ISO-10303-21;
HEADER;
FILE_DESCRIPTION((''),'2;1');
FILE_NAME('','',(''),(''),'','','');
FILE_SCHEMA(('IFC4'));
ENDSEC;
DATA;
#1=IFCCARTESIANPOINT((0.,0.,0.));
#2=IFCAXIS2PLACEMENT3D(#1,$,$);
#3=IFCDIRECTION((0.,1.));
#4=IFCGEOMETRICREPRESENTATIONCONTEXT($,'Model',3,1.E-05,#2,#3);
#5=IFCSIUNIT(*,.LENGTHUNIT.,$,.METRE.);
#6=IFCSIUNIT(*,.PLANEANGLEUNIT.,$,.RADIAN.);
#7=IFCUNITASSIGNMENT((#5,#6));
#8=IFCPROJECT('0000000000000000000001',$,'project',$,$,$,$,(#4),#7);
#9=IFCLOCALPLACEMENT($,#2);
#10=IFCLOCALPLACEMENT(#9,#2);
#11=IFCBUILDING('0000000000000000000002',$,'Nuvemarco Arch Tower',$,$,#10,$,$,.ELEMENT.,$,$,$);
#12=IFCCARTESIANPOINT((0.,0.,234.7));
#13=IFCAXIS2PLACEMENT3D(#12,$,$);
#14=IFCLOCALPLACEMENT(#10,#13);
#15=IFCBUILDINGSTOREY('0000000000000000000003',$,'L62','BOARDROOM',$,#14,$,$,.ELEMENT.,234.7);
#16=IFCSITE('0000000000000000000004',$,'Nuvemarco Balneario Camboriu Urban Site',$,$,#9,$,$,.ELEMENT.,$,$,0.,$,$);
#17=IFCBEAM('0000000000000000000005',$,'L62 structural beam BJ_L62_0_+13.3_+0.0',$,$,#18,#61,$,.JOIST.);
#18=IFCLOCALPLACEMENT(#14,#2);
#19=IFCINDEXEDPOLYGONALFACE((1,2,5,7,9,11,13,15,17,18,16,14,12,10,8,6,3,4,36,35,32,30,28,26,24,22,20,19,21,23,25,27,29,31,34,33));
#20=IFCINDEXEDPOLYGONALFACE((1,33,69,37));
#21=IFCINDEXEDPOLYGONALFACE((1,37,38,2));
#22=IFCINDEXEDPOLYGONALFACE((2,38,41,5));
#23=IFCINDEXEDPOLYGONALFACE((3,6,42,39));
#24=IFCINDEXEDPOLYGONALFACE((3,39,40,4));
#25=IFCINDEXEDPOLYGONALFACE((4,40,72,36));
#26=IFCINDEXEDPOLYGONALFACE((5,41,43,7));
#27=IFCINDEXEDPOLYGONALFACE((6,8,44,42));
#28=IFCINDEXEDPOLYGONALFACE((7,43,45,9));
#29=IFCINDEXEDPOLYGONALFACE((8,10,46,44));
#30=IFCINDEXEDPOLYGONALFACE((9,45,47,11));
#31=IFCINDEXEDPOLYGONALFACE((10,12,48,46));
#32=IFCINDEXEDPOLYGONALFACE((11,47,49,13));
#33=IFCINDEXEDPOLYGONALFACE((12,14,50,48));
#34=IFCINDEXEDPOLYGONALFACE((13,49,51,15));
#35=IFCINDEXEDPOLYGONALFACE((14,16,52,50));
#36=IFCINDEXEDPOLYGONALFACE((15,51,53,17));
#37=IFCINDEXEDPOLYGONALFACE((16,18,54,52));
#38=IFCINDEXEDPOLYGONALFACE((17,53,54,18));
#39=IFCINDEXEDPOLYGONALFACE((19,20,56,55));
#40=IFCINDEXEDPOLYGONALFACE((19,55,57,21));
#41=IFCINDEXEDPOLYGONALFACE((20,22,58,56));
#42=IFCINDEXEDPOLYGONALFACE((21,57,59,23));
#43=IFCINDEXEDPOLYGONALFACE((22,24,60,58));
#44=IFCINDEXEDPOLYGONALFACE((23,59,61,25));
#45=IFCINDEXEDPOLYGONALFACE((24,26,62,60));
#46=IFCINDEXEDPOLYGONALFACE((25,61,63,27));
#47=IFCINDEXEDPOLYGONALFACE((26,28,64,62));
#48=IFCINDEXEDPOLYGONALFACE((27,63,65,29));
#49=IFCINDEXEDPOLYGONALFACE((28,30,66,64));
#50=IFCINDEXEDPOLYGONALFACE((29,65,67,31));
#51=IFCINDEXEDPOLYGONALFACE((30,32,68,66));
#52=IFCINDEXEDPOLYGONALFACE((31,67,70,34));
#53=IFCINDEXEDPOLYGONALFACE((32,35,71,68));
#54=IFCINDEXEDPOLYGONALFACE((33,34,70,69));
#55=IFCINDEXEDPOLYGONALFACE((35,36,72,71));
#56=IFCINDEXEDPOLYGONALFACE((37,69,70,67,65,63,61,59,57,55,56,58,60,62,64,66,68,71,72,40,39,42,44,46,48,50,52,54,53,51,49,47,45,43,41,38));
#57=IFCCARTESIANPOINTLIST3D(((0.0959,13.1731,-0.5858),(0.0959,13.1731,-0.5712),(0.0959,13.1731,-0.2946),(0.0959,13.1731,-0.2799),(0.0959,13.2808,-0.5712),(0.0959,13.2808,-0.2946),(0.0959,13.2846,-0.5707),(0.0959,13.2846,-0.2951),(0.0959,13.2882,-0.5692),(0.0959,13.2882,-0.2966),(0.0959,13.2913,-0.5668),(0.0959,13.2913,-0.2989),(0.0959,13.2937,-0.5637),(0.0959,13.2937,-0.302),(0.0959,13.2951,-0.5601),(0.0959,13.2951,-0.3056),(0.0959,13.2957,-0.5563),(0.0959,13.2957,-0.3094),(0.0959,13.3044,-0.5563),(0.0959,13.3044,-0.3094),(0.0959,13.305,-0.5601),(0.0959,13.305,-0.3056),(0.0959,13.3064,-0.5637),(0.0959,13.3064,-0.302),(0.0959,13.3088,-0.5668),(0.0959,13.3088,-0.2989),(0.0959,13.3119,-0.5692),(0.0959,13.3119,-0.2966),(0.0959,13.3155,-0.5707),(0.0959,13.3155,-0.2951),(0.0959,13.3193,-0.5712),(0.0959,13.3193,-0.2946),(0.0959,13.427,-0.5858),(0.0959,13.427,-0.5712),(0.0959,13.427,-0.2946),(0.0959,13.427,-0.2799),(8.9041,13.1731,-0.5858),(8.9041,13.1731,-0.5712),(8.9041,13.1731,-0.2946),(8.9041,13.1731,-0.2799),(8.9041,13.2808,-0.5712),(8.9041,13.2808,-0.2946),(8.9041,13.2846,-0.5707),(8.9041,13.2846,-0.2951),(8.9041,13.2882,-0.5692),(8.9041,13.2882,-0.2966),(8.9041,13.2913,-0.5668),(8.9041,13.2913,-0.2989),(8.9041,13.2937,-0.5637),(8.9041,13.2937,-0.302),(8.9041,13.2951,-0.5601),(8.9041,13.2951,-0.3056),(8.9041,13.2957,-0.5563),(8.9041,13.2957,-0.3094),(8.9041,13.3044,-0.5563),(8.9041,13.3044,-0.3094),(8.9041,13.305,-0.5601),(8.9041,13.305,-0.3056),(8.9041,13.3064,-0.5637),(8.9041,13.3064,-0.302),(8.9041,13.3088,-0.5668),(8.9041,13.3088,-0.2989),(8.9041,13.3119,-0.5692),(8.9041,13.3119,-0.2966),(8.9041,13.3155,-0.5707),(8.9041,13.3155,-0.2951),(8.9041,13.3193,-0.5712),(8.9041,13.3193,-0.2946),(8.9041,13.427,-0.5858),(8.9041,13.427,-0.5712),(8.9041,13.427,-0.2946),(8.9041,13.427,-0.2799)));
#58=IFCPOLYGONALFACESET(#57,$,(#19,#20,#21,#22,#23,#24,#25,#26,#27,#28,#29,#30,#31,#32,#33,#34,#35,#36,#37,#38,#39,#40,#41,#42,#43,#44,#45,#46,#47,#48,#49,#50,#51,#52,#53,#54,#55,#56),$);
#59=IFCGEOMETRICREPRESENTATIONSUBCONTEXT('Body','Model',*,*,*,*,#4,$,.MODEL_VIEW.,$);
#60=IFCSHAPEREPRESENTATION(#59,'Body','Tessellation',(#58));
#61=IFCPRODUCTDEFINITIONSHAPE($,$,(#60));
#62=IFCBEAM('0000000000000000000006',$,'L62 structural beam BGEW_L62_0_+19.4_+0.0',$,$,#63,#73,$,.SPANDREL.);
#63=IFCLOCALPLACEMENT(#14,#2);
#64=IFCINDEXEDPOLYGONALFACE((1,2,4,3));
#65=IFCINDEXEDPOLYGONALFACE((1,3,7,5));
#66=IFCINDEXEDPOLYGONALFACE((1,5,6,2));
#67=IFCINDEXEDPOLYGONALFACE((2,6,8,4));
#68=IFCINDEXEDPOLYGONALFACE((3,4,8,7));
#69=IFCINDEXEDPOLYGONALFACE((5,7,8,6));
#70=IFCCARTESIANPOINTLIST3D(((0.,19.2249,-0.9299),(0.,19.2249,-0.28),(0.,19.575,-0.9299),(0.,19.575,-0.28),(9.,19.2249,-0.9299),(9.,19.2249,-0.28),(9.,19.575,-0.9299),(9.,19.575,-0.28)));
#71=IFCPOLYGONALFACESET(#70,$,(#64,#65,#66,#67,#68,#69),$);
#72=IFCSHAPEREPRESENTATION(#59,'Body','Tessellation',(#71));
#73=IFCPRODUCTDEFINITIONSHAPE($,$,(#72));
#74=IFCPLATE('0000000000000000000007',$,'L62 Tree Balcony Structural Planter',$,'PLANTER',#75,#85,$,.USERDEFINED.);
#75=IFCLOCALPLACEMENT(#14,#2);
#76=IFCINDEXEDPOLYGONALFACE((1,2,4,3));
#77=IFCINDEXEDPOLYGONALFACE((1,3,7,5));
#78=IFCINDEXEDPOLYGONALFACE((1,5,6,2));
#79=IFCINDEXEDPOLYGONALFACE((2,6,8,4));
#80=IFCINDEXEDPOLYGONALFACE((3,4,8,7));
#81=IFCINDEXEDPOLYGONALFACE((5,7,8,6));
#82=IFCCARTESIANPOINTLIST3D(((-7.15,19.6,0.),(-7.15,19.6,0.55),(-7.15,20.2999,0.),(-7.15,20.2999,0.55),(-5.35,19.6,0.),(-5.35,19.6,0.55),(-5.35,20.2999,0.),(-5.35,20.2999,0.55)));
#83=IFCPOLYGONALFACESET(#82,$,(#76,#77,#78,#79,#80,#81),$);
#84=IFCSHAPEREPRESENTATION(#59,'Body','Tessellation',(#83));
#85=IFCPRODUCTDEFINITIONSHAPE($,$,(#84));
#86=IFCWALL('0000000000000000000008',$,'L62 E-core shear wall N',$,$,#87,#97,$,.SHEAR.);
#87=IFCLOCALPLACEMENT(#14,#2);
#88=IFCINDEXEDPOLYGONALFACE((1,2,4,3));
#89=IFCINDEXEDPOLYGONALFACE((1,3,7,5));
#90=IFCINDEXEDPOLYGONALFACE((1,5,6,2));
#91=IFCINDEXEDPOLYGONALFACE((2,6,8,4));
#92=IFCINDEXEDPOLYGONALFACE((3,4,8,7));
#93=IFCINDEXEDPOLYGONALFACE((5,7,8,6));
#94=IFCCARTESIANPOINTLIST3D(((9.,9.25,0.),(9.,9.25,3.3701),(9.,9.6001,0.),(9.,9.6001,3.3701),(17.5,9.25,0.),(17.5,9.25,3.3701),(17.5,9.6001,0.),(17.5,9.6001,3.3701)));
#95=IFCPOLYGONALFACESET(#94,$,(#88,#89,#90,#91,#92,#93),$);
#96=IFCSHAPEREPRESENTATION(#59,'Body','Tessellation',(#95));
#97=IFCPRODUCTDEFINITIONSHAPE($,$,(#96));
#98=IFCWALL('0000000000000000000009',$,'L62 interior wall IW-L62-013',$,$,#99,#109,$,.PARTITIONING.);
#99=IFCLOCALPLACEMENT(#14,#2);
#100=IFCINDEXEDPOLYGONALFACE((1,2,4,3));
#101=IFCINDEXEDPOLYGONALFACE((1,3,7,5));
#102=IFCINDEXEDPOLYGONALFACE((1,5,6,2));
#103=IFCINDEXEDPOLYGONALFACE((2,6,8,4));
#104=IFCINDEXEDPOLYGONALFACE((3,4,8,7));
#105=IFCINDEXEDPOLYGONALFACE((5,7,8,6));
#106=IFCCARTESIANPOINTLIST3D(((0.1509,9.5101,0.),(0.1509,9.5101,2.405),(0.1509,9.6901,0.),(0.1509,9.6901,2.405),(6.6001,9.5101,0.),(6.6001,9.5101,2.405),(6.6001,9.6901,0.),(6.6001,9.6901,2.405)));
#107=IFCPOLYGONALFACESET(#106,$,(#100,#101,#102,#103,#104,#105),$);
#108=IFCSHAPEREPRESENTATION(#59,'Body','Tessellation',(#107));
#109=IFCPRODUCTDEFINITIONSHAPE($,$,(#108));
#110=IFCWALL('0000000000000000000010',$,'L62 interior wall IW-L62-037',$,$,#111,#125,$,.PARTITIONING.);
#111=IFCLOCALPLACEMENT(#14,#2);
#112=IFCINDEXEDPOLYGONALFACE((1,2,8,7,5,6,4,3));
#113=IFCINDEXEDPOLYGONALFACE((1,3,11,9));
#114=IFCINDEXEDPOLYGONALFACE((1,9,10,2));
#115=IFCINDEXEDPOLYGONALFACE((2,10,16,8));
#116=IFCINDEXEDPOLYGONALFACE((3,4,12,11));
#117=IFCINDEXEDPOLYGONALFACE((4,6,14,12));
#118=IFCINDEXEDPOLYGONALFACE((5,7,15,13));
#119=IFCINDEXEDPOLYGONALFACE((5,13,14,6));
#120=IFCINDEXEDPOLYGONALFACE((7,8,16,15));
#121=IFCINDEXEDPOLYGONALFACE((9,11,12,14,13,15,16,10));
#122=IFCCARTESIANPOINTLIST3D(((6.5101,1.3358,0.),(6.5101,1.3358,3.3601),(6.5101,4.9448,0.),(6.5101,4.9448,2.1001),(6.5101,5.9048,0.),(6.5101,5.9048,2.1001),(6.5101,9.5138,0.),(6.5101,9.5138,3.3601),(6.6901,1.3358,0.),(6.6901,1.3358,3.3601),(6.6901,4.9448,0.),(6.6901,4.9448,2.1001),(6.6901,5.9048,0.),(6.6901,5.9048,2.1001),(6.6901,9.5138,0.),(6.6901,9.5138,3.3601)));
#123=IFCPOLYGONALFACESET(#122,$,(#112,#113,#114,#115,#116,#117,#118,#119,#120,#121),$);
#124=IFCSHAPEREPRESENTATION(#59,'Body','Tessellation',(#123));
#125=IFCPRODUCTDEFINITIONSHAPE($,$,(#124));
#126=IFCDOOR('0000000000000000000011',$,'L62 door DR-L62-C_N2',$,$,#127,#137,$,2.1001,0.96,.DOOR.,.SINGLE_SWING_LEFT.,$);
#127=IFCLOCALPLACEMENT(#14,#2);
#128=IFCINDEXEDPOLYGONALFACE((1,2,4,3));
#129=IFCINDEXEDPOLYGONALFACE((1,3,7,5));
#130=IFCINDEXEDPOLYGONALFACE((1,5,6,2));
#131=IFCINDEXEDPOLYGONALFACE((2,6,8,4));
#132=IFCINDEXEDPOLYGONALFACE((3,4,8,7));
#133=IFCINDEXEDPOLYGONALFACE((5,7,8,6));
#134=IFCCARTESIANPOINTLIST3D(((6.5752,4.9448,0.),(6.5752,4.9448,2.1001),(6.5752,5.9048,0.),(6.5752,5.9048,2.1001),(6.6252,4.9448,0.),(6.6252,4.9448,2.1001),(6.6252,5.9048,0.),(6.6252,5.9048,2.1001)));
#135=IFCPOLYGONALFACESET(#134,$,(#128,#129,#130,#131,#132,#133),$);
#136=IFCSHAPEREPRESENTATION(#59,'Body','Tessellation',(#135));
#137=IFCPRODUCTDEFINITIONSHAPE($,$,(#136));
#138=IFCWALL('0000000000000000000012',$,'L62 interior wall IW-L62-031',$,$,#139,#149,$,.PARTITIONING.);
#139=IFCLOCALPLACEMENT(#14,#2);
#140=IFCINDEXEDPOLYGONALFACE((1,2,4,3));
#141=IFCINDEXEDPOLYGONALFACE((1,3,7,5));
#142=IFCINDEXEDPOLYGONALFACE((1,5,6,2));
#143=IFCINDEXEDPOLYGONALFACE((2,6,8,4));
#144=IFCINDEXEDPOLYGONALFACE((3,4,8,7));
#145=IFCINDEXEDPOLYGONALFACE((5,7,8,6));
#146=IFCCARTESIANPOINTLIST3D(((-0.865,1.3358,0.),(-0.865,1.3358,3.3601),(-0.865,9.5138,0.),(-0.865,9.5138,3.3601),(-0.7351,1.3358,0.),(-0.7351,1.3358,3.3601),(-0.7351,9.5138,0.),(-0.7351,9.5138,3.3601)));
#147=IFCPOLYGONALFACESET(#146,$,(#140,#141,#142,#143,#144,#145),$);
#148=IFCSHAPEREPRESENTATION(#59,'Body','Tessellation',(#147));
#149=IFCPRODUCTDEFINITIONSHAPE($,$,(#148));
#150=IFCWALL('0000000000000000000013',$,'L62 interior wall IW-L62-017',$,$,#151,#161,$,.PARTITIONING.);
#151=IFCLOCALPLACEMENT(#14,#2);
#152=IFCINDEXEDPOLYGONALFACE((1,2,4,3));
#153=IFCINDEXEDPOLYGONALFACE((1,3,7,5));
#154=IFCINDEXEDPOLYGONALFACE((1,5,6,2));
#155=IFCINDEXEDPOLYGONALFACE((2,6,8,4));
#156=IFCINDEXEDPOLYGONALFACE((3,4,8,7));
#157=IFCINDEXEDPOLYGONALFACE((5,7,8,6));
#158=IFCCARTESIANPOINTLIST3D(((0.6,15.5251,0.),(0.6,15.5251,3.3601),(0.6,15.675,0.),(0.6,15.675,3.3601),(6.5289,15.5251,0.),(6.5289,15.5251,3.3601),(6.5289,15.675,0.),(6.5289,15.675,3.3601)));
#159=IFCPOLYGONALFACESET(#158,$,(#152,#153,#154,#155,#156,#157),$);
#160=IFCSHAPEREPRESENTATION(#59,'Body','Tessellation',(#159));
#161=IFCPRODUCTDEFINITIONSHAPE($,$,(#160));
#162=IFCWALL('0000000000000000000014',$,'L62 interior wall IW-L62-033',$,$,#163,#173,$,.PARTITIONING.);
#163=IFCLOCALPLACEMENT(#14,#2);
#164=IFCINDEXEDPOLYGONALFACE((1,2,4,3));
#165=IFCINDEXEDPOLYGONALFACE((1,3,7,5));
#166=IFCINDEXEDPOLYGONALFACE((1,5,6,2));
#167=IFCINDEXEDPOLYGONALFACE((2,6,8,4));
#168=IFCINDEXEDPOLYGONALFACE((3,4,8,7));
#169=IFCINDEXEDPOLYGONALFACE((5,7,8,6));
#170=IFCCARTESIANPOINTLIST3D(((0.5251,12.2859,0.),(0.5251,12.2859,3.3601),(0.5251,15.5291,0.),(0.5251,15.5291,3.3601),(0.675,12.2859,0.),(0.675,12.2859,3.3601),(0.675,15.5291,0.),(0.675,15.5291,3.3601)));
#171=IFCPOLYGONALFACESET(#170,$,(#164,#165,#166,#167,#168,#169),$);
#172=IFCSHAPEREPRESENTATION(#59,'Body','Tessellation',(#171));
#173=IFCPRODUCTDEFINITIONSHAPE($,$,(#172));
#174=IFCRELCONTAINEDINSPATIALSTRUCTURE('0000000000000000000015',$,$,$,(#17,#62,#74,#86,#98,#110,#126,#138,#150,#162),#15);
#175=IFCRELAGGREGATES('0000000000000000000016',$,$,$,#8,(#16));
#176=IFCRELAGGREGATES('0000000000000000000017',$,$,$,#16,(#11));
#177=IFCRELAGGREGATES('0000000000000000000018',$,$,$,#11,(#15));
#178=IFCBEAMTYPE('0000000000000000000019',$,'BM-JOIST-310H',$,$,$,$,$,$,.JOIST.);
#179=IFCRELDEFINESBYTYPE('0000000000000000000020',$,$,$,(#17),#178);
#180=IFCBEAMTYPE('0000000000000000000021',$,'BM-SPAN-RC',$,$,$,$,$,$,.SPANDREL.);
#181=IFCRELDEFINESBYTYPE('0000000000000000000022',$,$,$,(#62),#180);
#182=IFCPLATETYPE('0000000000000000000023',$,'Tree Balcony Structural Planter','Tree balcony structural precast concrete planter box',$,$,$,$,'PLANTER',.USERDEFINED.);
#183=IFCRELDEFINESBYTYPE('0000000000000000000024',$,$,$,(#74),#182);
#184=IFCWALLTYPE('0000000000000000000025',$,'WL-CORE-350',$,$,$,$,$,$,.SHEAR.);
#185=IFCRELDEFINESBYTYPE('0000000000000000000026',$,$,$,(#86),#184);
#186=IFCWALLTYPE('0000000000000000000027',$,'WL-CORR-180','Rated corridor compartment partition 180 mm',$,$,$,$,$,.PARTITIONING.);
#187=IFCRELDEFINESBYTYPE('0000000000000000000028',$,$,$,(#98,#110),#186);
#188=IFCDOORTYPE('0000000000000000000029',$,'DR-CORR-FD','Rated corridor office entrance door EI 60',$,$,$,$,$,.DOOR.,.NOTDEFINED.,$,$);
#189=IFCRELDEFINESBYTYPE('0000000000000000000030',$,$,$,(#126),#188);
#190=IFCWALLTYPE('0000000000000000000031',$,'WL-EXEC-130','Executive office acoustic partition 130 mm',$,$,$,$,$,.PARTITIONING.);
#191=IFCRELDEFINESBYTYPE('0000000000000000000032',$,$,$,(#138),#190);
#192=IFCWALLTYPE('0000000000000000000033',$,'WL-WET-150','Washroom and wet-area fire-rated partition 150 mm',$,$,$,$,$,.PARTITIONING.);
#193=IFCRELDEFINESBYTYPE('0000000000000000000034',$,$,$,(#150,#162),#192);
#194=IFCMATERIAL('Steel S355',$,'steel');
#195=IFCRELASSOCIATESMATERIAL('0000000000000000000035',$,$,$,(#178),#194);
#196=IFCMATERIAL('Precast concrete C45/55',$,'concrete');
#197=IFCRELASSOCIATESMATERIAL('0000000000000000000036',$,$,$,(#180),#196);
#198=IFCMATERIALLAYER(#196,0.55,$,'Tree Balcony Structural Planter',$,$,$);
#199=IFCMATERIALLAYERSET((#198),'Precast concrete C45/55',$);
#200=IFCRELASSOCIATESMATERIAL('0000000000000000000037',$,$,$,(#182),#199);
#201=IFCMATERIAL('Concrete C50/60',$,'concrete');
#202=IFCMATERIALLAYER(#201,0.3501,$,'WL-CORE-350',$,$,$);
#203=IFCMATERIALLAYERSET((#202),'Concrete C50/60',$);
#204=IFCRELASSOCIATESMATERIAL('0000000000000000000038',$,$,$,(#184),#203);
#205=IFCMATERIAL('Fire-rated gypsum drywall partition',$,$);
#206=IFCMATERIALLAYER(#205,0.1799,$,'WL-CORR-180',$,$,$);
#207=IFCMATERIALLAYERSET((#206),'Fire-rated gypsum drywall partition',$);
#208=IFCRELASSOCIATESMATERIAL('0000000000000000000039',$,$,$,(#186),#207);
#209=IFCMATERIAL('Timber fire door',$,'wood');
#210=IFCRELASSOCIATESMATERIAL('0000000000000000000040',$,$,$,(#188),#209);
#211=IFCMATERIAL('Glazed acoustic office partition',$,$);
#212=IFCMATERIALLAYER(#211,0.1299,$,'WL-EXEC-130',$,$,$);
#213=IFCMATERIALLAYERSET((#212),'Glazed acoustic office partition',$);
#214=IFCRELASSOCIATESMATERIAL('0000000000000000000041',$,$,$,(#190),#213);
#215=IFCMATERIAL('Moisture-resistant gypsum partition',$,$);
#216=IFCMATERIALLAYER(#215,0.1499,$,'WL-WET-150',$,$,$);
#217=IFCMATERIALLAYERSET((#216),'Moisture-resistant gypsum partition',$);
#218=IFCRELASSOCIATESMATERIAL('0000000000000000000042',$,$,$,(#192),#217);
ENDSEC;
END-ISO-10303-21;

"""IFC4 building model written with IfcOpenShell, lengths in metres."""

from ifc_helpers import new_model, si_unit, direction, frame, frame_2d, origin, origin_2d, place, context, subcontext, project, spatial, rectangle, i_section, extrude, source, transform, mapped, material, layer, layer_set, material_profile, profile_set, type_object, type_shapes, element, fill, save


model = new_model("IFC4")

# Units and contexts
model_context = context("Model", 3, precision=1e-05, world=origin(), true_north=direction((0.0, 1.0)))
body_context = subcontext(model_context, "Body", "Model", "MODEL_VIEW")
ifc_project = project(units=[si_unit("LENGTHUNIT", "METRE"), si_unit("PLANEANGLEUNIT", "RADIAN")], contexts=[model_context])

# Site, building, storey
site_placement = place(None, origin())
site = spatial("IfcSite", under=ifc_project, at=site_placement, Name="Nuvemarco Balneario Camboriu Urban Site", CompositionType="ELEMENT", RefElevation=0.0)
building_placement = place(site_placement, origin())
building = spatial("IfcBuilding", under=site, at=building_placement, Name="Nuvemarco Arch Tower", CompositionType="ELEMENT")
storey_placement = place(building_placement, frame((0.0, 0.0, 234.7)))
storey = spatial("IfcBuildingStorey", under=building, at=storey_placement, Name="L62", Description="BOARDROOM", CompositionType="ELEMENT", Elevation=234.7)

# Shared definitions
ifc_material_1 = material(Name="Concrete C50/60", Category="concrete")
ifc_material_2 = material(Name="Steel S355", Category="steel")

# Beams
ifc_material_profile_1 = material_profile(ifc_material_2, i_section(OverallWidth=0.2539, OverallDepth=0.3059, WebThickness=0.0088, FlangeThickness=0.0146, FilletRadius=0.0149, at=origin_2d()), Name="W310x79")
ifc_profile_set_1 = profile_set([ifc_material_profile_1], Name="Steel S355")
beam_type_1 = type_object("IfcBeamType", Name="BM-JOIST-310H", PredefinedType="JOIST", material=ifc_profile_set_1)
beam_1_placement = place(storey_placement, frame((0.0959, 13.3, -0.4329), z_axis=(1.0, 0.0, 0.0), x_axis=(0.0, 1.0, 0.0)))
element("IfcBeam", 1, at=beam_1_placement, inside=storey, type_object=beam_type_1, Name="L62 structural beam BJ_L62_0_+13.3_+0.0", PredefinedType="JOIST", context=body_context, shape_type="SweptSolid", body=[
    extrude(i_section(OverallWidth=0.2539, OverallDepth=0.3059, WebThickness=0.0088, FlangeThickness=0.0146, FilletRadius=0.0149, at=origin_2d()), origin(), (0.0, 0.0, 1.0), 8.8081),
])
ifc_material_3 = material(Name="Precast concrete C45/55", Category="concrete")
ifc_material_profile_2 = material_profile(ifc_material_3, rectangle(XDim=0.3501, YDim=0.6499, at=origin_2d()), Name="PC-SP-350x650")
ifc_profile_set_2 = profile_set([ifc_material_profile_2], Name="Precast concrete C45/55")
beam_type_2 = type_object("IfcBeamType", Name="BM-SPAN-RC", PredefinedType="SPANDREL", material=ifc_profile_set_2)
beam_2_placement = place(storey_placement, frame((0.0, 19.3999, -0.605), z_axis=(1.0, 0.0, 0.0), x_axis=(0.0, 1.0, 0.0)))
element("IfcBeam", 2, at=beam_2_placement, inside=storey, type_object=beam_type_2, Name="L62 structural beam BGEW_L62_0_+19.4_+0.0", PredefinedType="SPANDREL", context=body_context, shape_type="SweptSolid", body=[
    extrude(rectangle(XDim=0.3501, YDim=0.6499, at=origin_2d()), origin(), (0.0, 0.0, 1.0), 9.0),
])

# Plate
ifc_layer_1 = layer(ifc_material_3, 0.55, Name="Tree Balcony Structural Planter")
ifc_layer_set_1 = layer_set([ifc_layer_1], Name="Precast concrete C45/55")
plate_type = type_object("IfcPlateType", Name="Tree Balcony Structural Planter", Description="Tree balcony structural precast concrete planter box", ElementType="PLANTER", PredefinedType="USERDEFINED", material=ifc_layer_set_1)
shared_shape_1 = source(origin(), body_context, "Body", "SweptSolid", [
    extrude(rectangle(XDim=1.8, YDim=0.7, at=origin_2d()), origin(), (0.0, 0.0, 1.0), 0.55),
])
type_shapes(plate_type, [shared_shape_1])
plate_placement = place(storey_placement, frame((-6.25, 19.95, 0.0), z_axis=(0.0, 0.0, 1.0), x_axis=(1.0, 0.0, 0.0)))
element("IfcPlate", 3, at=plate_placement, inside=storey, type_object=plate_type, Name="L62 Tree Balcony Structural Planter", ObjectType="PLANTER", PredefinedType="USERDEFINED", context=body_context, shape_type="MappedRepresentation", body=[
    mapped(shared_shape_1, transform((0.0, 0.0, 0.0), scale=1.0)),
])

# Walls
ifc_layer_2 = layer(ifc_material_1, 0.3501, Name="WL-CORE-350")
ifc_layer_set_2 = layer_set([ifc_layer_2], Name="Concrete C50/60")
wall_type_1 = type_object("IfcWallType", Name="WL-CORE-350", PredefinedType="SHEAR", material=ifc_layer_set_2)
wall_1_placement = place(storey_placement, frame((9.0, 9.425, 0.0), z_axis=(0.0, 0.0, 1.0), x_axis=(1.0, 0.0, 0.0)))
element("IfcWall", 4, at=wall_1_placement, inside=storey, type_object=wall_type_1, Name="L62 E-core shear wall N", PredefinedType="SHEAR", context=body_context, shape_type="SweptSolid", body=[
    extrude(rectangle(XDim=8.5, YDim=0.3501, at=frame_2d((4.25, 0.0))), origin(), (0.0, 0.0, 1.0), 3.3701),
])
ifc_material_4 = material(Name="Fire-rated gypsum drywall partition")
ifc_layer_3 = layer(ifc_material_4, 0.1799, Name="WL-CORR-180")
ifc_layer_set_3 = layer_set([ifc_layer_3], Name="Fire-rated gypsum drywall partition")
wall_type_2 = type_object("IfcWallType", Name="WL-CORR-180", Description="Rated corridor compartment partition 180 mm", PredefinedType="PARTITIONING", material=ifc_layer_set_3)
wall_2_placement = place(storey_placement, frame((0.1509, 9.6001, 0.0), z_axis=(0.0, 0.0, 1.0), x_axis=(1.0, 0.0, 0.0)))
element("IfcWall", 5, at=wall_2_placement, inside=storey, type_object=wall_type_2, Name="L62 interior wall IW-L62-013", PredefinedType="PARTITIONING", context=body_context, shape_type="SweptSolid", body=[
    extrude(rectangle(XDim=6.4492, YDim=0.1799, at=frame_2d((3.2246, 0.0))), origin(), (0.0, 0.0, 1.0), 2.405),
])

# Wall, opening, door
wall_3_placement = place(storey_placement, frame((6.6001, 1.3359, 0.0), z_axis=(0.0, 0.0, 1.0), x_axis=(0.0, 1.0, 0.0)))
wall_3 = element("IfcWall", 6, at=wall_3_placement, inside=storey, type_object=wall_type_2, Name="L62 interior wall IW-L62-037", PredefinedType="PARTITIONING", context=body_context, shape_type="SweptSolid", body=[
    extrude(rectangle(XDim=8.178, YDim=0.1799, at=frame_2d((4.0889, 0.0))), origin(), (0.0, 0.0, 1.0), 3.3601),
])
opening_placement = place(wall_3_placement, frame((3.6089, 0.0, 0.0)))
opening = element("IfcOpeningElement", 7, at=opening_placement, cuts=wall_3, PredefinedType="OPENING", context=body_context, shape_type="SweptSolid", body=[
    extrude(rectangle(XDim=0.96, YDim=2.1001, at=frame_2d((0.48, 1.05))), frame((0.0, 0.0999, 0.0), z_axis=(0.0, -1.0, 0.0), x_axis=(1.0, 0.0, 0.0)), (0.0, 0.0, 1.0), 0.2),
])
ifc_material_5 = material(Name="Timber fire door", Category="wood")
door_type = type_object("IfcDoorType", Name="DR-CORR-FD", Description="Rated corridor office entrance door EI 60", OperationType="NOTDEFINED", PredefinedType="DOOR", material=ifc_material_5)
shared_shape_2 = source(origin(), body_context, "Body", "SweptSolid", [
    extrude(rectangle(XDim=0.96, YDim=2.1001, at=frame_2d((0.48, 1.05))), frame((0.0, 0.0249, 0.0), z_axis=(0.0, -1.0, 0.0), x_axis=(1.0, 0.0, 0.0)), (0.0, 0.0, 1.0), 0.05),
])
type_shapes(door_type, [shared_shape_2])
door_placement = place(opening_placement, origin())
door = element("IfcDoor", 8, at=door_placement, inside=storey, type_object=door_type, Name="L62 door DR-L62-C_N2", OperationType="SINGLE_SWING_LEFT", OverallHeight=2.1001, OverallWidth=0.96, PredefinedType="DOOR", context=body_context, shape_type="MappedRepresentation", body=[
    mapped(shared_shape_2, transform((0.0, 0.0, 0.0), scale=1.0)),
])
fill(opening, door)

# Walls
ifc_material_6 = material(Name="Glazed acoustic office partition")
ifc_layer_4 = layer(ifc_material_6, 0.1299, Name="WL-EXEC-130")
ifc_layer_set_4 = layer_set([ifc_layer_4], Name="Glazed acoustic office partition")
wall_type_3 = type_object("IfcWallType", Name="WL-EXEC-130", Description="Executive office acoustic partition 130 mm", PredefinedType="PARTITIONING", material=ifc_layer_set_4)
wall_4_placement = place(storey_placement, frame((-0.8, 1.3359, 0.0), z_axis=(0.0, 0.0, 1.0), x_axis=(0.0, 1.0, 0.0)))
element("IfcWall", 9, at=wall_4_placement, inside=storey, type_object=wall_type_3, Name="L62 interior wall IW-L62-031", PredefinedType="PARTITIONING", context=body_context, shape_type="SweptSolid", body=[
    extrude(rectangle(XDim=8.178, YDim=0.1299, at=frame_2d((4.0889, 0.0))), origin(), (0.0, 0.0, 1.0), 3.3601),
])
ifc_material_7 = material(Name="Moisture-resistant gypsum partition")
ifc_layer_5 = layer(ifc_material_7, 0.1499, Name="WL-WET-150")
ifc_layer_set_5 = layer_set([ifc_layer_5], Name="Moisture-resistant gypsum partition")
wall_type_4 = type_object("IfcWallType", Name="WL-WET-150", Description="Washroom and wet-area fire-rated partition 150 mm", PredefinedType="PARTITIONING", material=ifc_layer_set_5)
wall_5_placement = place(storey_placement, frame((0.6001, 15.6001, 0.0), z_axis=(0.0, 0.0, 1.0), x_axis=(1.0, 0.0, 0.0)))
element("IfcWall", 10, at=wall_5_placement, inside=storey, type_object=wall_type_4, Name="L62 interior wall IW-L62-017", PredefinedType="PARTITIONING", context=body_context, shape_type="SweptSolid", body=[
    extrude(rectangle(XDim=5.929, YDim=0.1499, at=frame_2d((2.9644, 0.0))), origin(), (0.0, 0.0, 1.0), 3.3601),
])
for number, where, z_axis, x_axis, name in (
    (11, (0.6001, 12.2859, 0.0), (0.0, 0.0, 1.0), (0.0, 1.0, 0.0), "L62 interior wall IW-L62-033"),
):
    element("IfcWall", number, at=place(storey_placement, frame(where, z_axis=z_axis, x_axis=x_axis)), inside=storey, type_object=wall_type_4, Name=name, PredefinedType="PARTITIONING", context=body_context, shape_type="SweptSolid", body=[
        extrude(rectangle(XDim=3.2432, YDim=0.1499, at=frame_2d((1.6216, 0.0))), origin(), (0.0, 0.0, 1.0), 3.3601),
    ])

save(model, "model.ifc")
